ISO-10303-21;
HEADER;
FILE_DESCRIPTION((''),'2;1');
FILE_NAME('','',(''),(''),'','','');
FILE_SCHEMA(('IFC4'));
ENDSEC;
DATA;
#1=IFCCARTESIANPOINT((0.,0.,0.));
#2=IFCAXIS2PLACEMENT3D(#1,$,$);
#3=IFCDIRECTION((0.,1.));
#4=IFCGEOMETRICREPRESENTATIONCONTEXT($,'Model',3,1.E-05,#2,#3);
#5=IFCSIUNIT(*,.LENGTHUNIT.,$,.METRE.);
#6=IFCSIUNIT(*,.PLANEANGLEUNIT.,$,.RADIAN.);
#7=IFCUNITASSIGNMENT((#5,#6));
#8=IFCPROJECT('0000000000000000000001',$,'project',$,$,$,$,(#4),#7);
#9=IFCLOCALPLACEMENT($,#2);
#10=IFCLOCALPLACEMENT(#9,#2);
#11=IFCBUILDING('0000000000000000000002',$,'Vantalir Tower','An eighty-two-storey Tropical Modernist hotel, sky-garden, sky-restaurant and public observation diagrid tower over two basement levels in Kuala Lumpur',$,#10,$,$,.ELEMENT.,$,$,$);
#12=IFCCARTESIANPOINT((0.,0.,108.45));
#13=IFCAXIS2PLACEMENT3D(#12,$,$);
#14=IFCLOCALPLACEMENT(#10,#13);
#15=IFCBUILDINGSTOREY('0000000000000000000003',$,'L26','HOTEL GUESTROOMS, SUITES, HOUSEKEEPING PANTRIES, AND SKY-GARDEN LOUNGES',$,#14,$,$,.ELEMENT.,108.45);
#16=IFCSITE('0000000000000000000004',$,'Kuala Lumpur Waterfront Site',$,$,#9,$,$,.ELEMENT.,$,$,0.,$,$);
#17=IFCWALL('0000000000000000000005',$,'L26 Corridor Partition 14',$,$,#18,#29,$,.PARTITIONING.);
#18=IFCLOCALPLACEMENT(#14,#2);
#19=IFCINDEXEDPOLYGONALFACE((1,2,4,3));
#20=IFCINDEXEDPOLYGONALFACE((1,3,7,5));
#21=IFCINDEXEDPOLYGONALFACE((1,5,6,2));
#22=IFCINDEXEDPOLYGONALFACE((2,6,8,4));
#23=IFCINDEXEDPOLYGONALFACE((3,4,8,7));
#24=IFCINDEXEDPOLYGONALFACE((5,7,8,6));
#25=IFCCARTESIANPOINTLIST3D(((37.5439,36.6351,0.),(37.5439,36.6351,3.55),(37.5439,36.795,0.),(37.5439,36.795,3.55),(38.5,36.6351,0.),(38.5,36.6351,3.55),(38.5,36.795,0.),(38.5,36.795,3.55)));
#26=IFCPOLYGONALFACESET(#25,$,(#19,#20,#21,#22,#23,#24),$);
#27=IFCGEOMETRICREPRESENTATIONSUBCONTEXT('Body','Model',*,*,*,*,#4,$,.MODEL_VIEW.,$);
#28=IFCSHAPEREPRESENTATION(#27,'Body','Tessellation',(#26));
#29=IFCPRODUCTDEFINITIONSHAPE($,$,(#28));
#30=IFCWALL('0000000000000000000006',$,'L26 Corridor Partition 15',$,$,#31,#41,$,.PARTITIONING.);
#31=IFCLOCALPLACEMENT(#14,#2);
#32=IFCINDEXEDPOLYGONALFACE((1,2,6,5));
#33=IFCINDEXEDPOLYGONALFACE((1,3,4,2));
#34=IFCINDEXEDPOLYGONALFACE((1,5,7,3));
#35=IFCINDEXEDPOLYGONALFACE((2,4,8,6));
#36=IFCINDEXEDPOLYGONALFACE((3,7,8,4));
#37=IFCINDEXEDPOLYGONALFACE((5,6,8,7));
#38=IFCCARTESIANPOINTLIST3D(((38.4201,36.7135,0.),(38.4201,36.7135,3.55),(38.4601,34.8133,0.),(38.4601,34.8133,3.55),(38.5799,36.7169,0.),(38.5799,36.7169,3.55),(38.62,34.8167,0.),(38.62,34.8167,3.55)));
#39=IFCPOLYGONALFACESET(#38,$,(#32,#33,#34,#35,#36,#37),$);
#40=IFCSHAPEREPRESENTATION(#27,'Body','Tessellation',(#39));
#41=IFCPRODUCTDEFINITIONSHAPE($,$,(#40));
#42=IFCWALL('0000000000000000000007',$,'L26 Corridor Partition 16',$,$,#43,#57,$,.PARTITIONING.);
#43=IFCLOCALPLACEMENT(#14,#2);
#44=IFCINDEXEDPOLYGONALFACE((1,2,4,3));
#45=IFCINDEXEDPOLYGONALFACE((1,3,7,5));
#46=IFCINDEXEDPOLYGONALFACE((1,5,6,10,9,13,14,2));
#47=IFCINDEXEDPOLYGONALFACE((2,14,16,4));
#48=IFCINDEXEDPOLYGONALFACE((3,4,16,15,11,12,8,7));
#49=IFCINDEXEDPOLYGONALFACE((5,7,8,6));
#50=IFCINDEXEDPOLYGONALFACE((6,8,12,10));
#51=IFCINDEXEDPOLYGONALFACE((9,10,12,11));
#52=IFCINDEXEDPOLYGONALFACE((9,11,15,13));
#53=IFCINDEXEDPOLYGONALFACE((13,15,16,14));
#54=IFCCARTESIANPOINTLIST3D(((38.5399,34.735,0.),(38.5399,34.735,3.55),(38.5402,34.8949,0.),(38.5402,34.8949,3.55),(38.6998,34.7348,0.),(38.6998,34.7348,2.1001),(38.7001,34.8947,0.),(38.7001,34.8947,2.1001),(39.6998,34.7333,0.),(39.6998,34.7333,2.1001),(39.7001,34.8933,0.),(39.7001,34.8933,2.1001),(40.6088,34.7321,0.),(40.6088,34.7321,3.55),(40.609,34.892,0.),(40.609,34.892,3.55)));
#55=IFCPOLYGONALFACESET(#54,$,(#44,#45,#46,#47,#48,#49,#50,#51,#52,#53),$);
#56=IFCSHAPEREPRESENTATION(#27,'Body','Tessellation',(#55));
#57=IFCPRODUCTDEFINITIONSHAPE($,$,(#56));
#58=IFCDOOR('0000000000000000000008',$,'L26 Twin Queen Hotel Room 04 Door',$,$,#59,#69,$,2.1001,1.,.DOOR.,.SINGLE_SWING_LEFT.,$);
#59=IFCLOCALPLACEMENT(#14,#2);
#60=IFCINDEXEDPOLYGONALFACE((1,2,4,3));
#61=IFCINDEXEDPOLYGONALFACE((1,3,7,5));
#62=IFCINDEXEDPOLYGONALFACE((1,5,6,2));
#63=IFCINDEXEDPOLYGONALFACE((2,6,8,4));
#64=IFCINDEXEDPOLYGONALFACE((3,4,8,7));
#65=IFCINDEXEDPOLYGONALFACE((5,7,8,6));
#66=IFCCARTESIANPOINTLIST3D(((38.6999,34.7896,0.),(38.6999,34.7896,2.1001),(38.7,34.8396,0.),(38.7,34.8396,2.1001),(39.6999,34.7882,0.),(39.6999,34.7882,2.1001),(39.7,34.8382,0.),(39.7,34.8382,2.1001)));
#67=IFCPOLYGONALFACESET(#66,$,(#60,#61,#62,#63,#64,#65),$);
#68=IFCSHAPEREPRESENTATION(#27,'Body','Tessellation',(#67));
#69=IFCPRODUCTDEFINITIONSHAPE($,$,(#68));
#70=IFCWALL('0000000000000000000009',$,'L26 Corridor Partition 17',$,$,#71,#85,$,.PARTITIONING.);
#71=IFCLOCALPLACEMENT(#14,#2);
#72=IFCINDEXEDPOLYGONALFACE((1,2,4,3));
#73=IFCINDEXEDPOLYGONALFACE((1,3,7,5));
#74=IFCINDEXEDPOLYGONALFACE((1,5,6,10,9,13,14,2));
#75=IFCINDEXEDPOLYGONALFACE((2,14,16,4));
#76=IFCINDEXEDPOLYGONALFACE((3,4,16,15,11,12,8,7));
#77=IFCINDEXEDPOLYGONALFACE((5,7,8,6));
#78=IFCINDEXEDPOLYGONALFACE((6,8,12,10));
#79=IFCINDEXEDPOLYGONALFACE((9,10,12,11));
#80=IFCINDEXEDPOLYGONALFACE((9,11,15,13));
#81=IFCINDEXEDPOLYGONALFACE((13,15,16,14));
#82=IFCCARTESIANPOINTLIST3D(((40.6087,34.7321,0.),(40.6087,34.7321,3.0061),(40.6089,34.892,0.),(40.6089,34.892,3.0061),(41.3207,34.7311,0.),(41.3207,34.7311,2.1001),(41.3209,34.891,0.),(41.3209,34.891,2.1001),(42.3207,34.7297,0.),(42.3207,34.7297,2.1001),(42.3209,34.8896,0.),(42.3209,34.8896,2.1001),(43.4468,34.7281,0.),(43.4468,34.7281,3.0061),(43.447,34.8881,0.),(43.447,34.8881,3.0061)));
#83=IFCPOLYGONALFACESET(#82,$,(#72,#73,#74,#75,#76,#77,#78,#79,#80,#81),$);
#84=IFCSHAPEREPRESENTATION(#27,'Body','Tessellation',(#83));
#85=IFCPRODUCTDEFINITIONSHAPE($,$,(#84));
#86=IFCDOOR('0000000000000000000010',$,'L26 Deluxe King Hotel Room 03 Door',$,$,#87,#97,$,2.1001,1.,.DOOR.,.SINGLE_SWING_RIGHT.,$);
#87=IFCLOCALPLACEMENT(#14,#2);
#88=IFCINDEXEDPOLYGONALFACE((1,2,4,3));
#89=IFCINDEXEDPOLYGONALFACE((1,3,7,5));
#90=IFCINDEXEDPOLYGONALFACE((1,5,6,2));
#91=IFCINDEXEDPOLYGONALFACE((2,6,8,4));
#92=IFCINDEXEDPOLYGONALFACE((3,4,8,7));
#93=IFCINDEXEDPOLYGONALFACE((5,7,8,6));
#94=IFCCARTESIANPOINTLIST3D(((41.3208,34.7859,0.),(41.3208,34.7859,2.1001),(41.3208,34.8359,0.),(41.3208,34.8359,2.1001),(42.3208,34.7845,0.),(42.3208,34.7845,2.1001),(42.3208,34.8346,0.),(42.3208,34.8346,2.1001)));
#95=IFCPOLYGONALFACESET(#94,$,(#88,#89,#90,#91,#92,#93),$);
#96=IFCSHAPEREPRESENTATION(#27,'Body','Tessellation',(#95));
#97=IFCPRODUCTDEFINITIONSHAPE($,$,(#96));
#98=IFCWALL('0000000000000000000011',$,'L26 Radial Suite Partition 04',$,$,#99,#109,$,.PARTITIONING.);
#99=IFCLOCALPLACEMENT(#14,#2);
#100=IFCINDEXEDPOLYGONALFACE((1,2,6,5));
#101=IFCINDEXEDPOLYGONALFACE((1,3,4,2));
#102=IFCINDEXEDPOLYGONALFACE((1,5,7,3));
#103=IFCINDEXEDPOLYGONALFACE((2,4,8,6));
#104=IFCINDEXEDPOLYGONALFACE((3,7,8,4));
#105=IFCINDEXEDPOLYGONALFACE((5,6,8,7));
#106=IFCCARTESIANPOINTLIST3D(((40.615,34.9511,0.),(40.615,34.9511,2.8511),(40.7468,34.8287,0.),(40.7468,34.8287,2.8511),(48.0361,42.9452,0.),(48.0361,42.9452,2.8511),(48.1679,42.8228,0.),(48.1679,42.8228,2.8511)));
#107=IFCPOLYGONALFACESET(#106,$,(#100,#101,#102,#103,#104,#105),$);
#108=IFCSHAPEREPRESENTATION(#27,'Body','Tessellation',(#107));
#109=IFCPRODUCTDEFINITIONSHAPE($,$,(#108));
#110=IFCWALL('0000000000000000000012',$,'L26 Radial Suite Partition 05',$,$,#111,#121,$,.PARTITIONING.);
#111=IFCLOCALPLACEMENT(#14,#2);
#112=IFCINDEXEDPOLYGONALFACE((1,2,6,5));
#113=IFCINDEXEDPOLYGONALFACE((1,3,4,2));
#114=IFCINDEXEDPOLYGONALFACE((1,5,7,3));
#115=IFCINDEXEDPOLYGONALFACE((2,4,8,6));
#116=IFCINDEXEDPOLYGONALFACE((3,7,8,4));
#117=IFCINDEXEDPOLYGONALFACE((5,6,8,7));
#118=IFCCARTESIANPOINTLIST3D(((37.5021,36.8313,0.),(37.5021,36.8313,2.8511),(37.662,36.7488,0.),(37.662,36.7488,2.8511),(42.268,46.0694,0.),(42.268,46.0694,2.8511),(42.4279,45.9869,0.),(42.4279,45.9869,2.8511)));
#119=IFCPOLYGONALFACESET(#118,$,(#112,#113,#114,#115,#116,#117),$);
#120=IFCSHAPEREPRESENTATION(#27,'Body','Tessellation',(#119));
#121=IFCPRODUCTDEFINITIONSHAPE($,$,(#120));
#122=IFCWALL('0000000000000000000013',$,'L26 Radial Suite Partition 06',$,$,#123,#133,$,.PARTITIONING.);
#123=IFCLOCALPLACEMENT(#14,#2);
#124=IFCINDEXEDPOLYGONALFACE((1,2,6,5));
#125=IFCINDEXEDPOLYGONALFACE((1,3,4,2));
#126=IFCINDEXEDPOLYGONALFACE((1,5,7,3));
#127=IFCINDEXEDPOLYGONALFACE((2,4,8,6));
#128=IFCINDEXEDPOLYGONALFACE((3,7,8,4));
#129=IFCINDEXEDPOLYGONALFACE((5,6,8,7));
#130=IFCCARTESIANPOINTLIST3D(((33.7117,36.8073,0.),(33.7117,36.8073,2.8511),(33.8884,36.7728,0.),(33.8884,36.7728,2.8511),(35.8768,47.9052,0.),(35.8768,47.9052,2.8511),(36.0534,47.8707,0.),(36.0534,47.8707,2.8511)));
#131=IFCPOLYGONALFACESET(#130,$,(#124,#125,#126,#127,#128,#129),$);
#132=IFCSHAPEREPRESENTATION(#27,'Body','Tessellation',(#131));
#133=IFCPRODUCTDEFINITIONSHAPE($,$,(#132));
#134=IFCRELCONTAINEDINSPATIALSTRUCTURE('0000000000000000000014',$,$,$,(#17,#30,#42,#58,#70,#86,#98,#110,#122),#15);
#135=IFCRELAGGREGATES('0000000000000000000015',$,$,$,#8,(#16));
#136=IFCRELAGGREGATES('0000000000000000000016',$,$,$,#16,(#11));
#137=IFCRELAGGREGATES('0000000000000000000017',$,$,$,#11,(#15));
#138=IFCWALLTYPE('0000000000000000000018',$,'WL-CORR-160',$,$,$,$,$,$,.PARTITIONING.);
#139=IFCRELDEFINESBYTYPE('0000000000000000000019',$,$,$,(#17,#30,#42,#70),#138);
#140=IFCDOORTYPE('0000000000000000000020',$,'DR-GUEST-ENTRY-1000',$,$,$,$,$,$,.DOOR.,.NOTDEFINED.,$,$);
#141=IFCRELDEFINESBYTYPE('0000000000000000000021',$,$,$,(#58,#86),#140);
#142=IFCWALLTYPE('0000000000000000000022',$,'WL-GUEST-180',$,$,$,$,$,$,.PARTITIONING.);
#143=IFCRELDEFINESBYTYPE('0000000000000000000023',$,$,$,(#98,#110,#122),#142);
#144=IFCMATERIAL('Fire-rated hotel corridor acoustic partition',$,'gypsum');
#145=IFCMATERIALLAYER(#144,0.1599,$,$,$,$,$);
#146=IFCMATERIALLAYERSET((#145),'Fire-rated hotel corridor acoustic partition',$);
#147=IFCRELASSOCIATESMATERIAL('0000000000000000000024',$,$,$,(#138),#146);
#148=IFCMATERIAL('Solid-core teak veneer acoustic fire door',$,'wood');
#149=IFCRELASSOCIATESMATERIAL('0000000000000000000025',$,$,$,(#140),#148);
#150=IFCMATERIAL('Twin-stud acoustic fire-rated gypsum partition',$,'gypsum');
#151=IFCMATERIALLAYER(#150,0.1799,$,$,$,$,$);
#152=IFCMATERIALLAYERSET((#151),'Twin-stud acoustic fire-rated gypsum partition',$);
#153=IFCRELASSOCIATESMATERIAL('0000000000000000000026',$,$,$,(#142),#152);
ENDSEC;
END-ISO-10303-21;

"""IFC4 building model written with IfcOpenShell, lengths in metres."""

from ifc_helpers import new_model, si_unit, direction, frame, frame_2d, origin, place, context, subcontext, project, spatial, rectangle, extrude, material, layer, layer_set, type_object, element, fill, save


model = new_model("IFC4")

# Units and contexts
model_context = context("Model", 3, precision=1e-05, world=origin(), true_north=direction((0.0, 1.0)))
body_context = subcontext(model_context, "Body", "Model", "MODEL_VIEW")
ifc_project = project(units=[si_unit("LENGTHUNIT", "METRE"), si_unit("PLANEANGLEUNIT", "RADIAN")], contexts=[model_context])

# Site, building, storey
site_placement = place(None, origin())
site = spatial("IfcSite", under=ifc_project, at=site_placement, Name="Kuala Lumpur Waterfront Site", CompositionType="ELEMENT", RefElevation=0.0)
building_placement = place(site_placement, origin())
building = spatial("IfcBuilding", under=site, at=building_placement, Name="Vantalir Tower", Description="An eighty-two-storey Tropical Modernist hotel, sky-garden, sky-restaurant and public observation diagrid tower over two basement levels in Kuala Lumpur", CompositionType="ELEMENT")
storey_placement = place(building_placement, frame((0.0, 0.0, 108.45)))
storey = spatial("IfcBuildingStorey", under=building, at=storey_placement, Name="L26", Description="HOTEL GUESTROOMS, SUITES, HOUSEKEEPING PANTRIES, AND SKY-GARDEN LOUNGES", CompositionType="ELEMENT", Elevation=108.45)

# Shared definitions
ifc_material_1 = material(Name="Fire-rated hotel corridor acoustic partition", Category="gypsum")
ifc_layer_1 = layer(ifc_material_1, 0.1599)
ifc_layer_set_1 = layer_set([ifc_layer_1], Name="Fire-rated hotel corridor acoustic partition")
wall_type_1 = type_object("IfcWallType", Name="WL-CORR-160", PredefinedType="PARTITIONING", material=ifc_layer_set_1)
ifc_material_2 = material(Name="Solid-core teak veneer acoustic fire door", Category="wood")
door_type_1 = type_object("IfcDoorType", Name="DR-GUEST-ENTRY-1000", OperationType="NOTDEFINED", PredefinedType="DOOR", material=ifc_material_2)

# Walls
wall_1_placement = place(storey_placement, frame((37.5439, 36.7151, 0.0), z_axis=(0.0, 0.0, 1.0), x_axis=(1.0, 0.0, 0.0)))
element("IfcWall", 1, at=wall_1_placement, inside=storey, type_object=wall_type_1, Name="L26 Corridor Partition 14", PredefinedType="PARTITIONING", context=body_context, shape_type="SweptSolid", body=[
    extrude(rectangle(XDim=0.9561, YDim=0.1599, at=frame_2d((0.478, 0.0))), origin(), (0.0, 0.0, 1.0), 3.55),
])
wall_2_placement = place(storey_placement, frame((38.5, 36.7151, 0.0), z_axis=(0.0, 0.0, 1.0), x_axis=(0.021067, -0.999778, 0.0)))
element("IfcWall", 2, at=wall_2_placement, inside=storey, type_object=wall_type_1, Name="L26 Corridor Partition 15", PredefinedType="PARTITIONING", context=body_context, shape_type="SweptSolid", body=[
    extrude(rectangle(XDim=1.9006, YDim=0.1599, at=frame_2d((0.9502, 0.0))), origin(), (0.0, 0.0, 1.0), 3.55),
])

# Walls, openings, doors
wall_3_placement = place(storey_placement, frame((38.54, 34.8149, 0.0), z_axis=(0.0, 0.0, 1.0), x_axis=(0.999999, -0.001416, 0.0)))
wall_3 = element("IfcWall", 3, at=wall_3_placement, inside=storey, type_object=wall_type_1, Name="L26 Corridor Partition 16", PredefinedType="PARTITIONING", context=body_context, shape_type="SweptSolid", body=[
    extrude(rectangle(XDim=2.0688, YDim=0.1599, at=frame_2d((1.0344, 0.0))), origin(), (0.0, 0.0, 1.0), 3.55),
])
opening_1_placement = place(wall_3_placement, frame((0.1599, 0.0, 0.0)))
opening_1 = element("IfcOpeningElement", 4, at=opening_1_placement, cuts=wall_3, PredefinedType="OPENING", context=body_context, shape_type="SweptSolid", body=[
    extrude(rectangle(XDim=1.0, YDim=2.1001, at=frame_2d((0.5, 1.05))), frame((0.0, 0.0898, 0.0), z_axis=(0.0, -1.0, 0.0), x_axis=(1.0, 0.0, 0.0)), (0.0, 0.0, 1.0), 0.1799),
])
door_1_placement = place(opening_1_placement, origin())
door_1 = element("IfcDoor", 5, at=door_1_placement, inside=storey, type_object=door_type_1, Name="L26 Twin Queen Hotel Room 04 Door", OperationType="SINGLE_SWING_LEFT", OverallHeight=2.1001, OverallWidth=1.0, PredefinedType="DOOR", context=body_context, shape_type="SweptSolid", body=[
    extrude(rectangle(XDim=1.0, YDim=2.1001, at=frame_2d((0.5, 1.05))), frame((0.0, 0.0249, 0.0), z_axis=(0.0, -1.0, 0.0), x_axis=(1.0, 0.0, 0.0)), (0.0, 0.0, 1.0), 0.05),
])
fill(opening_1, door_1)
wall_4_placement = place(storey_placement, frame((40.6089, 34.812, 0.0), z_axis=(0.0, 0.0, 1.0), x_axis=(0.999999, -0.001376, 0.0)))
wall_4 = element("IfcWall", 6, at=wall_4_placement, inside=storey, type_object=wall_type_1, Name="L26 Corridor Partition 17", PredefinedType="PARTITIONING", context=body_context, shape_type="SweptSolid", body=[
    extrude(rectangle(XDim=2.8381, YDim=0.1599, at=frame_2d((1.4189, 0.0))), origin(), (0.0, 0.0, 1.0), 3.0061),
])
opening_2_placement = place(wall_4_placement, frame((0.7119, 0.0, 0.0)))
opening_2 = element("IfcOpeningElement", 7, at=opening_2_placement, cuts=wall_4, PredefinedType="OPENING", context=body_context, shape_type="SweptSolid", body=[
    extrude(rectangle(XDim=1.0, YDim=2.1001, at=frame_2d((0.5, 1.05))), frame((0.0, 0.0898, 0.0), z_axis=(0.0, -1.0, 0.0), x_axis=(1.0, 0.0, 0.0)), (0.0, 0.0, 1.0), 0.1799),
])
door_2_placement = place(opening_2_placement, origin())
door_2 = element("IfcDoor", 8, at=door_2_placement, inside=storey, type_object=door_type_1, Name="L26 Deluxe King Hotel Room 03 Door", OperationType="SINGLE_SWING_RIGHT", OverallHeight=2.1001, OverallWidth=1.0, PredefinedType="DOOR", context=body_context, shape_type="SweptSolid", body=[
    extrude(rectangle(XDim=1.0, YDim=2.1001, at=frame_2d((0.5, 1.05))), frame((0.0, 0.0249, 0.0), z_axis=(0.0, -1.0, 0.0), x_axis=(1.0, 0.0, 0.0)), (0.0, 0.0, 1.0), 0.05),
])
fill(opening_2, door_2)

# Walls
ifc_material_3 = material(Name="Twin-stud acoustic fire-rated gypsum partition", Category="gypsum")
ifc_layer_2 = layer(ifc_material_3, 0.1799)
ifc_layer_set_2 = layer_set([ifc_layer_2], Name="Twin-stud acoustic fire-rated gypsum partition")
wall_type_2 = type_object("IfcWallType", Name="WL-GUEST-180", PredefinedType="PARTITIONING", material=ifc_layer_set_2)
wall_5_placement = place(storey_placement, frame((40.6809, 34.8899, 0.0), z_axis=(0.0, 0.0, 1.0), x_axis=(0.680353, 0.732884, 0.0)))
element("IfcWall", 9, at=wall_5_placement, inside=storey, type_object=wall_type_2, Name="L26 Radial Suite Partition 04", PredefinedType="PARTITIONING", context=body_context, shape_type="SweptSolid", body=[
    extrude(rectangle(XDim=10.9077, YDim=0.1799, at=frame_2d((5.4539, 0.0))), origin(), (0.0, 0.0, 1.0), 2.8511),
])
wall_6_placement = place(storey_placement, frame((37.582, 36.79, 0.0), z_axis=(0.0, 0.0, 1.0), x_axis=(0.45848, 0.888705, 0.0)))
element("IfcWall", 10, at=wall_6_placement, inside=storey, type_object=wall_type_2, Name="L26 Radial Suite Partition 05", PredefinedType="PARTITIONING", context=body_context, shape_type="SweptSolid", body=[
    extrude(rectangle(XDim=10.395, YDim=0.1799, at=frame_2d((5.1975, 0.0))), origin(), (0.0, 0.0, 1.0), 2.8511),
])
wall_7_placement = place(storey_placement, frame((33.8, 36.79, 0.0), z_axis=(0.0, 0.0, 1.0), x_axis=(0.191476, 0.981497, 0.0)))
element("IfcWall", 11, at=wall_7_placement, inside=storey, type_object=wall_type_2, Name="L26 Radial Suite Partition 06", PredefinedType="PARTITIONING", context=body_context, shape_type="SweptSolid", body=[
    extrude(rectangle(XDim=11.3071, YDim=0.1799, at=frame_2d((5.6536, 0.0))), origin(), (0.0, 0.0, 1.0), 2.8511),
])

save(model, "model.ifc")
